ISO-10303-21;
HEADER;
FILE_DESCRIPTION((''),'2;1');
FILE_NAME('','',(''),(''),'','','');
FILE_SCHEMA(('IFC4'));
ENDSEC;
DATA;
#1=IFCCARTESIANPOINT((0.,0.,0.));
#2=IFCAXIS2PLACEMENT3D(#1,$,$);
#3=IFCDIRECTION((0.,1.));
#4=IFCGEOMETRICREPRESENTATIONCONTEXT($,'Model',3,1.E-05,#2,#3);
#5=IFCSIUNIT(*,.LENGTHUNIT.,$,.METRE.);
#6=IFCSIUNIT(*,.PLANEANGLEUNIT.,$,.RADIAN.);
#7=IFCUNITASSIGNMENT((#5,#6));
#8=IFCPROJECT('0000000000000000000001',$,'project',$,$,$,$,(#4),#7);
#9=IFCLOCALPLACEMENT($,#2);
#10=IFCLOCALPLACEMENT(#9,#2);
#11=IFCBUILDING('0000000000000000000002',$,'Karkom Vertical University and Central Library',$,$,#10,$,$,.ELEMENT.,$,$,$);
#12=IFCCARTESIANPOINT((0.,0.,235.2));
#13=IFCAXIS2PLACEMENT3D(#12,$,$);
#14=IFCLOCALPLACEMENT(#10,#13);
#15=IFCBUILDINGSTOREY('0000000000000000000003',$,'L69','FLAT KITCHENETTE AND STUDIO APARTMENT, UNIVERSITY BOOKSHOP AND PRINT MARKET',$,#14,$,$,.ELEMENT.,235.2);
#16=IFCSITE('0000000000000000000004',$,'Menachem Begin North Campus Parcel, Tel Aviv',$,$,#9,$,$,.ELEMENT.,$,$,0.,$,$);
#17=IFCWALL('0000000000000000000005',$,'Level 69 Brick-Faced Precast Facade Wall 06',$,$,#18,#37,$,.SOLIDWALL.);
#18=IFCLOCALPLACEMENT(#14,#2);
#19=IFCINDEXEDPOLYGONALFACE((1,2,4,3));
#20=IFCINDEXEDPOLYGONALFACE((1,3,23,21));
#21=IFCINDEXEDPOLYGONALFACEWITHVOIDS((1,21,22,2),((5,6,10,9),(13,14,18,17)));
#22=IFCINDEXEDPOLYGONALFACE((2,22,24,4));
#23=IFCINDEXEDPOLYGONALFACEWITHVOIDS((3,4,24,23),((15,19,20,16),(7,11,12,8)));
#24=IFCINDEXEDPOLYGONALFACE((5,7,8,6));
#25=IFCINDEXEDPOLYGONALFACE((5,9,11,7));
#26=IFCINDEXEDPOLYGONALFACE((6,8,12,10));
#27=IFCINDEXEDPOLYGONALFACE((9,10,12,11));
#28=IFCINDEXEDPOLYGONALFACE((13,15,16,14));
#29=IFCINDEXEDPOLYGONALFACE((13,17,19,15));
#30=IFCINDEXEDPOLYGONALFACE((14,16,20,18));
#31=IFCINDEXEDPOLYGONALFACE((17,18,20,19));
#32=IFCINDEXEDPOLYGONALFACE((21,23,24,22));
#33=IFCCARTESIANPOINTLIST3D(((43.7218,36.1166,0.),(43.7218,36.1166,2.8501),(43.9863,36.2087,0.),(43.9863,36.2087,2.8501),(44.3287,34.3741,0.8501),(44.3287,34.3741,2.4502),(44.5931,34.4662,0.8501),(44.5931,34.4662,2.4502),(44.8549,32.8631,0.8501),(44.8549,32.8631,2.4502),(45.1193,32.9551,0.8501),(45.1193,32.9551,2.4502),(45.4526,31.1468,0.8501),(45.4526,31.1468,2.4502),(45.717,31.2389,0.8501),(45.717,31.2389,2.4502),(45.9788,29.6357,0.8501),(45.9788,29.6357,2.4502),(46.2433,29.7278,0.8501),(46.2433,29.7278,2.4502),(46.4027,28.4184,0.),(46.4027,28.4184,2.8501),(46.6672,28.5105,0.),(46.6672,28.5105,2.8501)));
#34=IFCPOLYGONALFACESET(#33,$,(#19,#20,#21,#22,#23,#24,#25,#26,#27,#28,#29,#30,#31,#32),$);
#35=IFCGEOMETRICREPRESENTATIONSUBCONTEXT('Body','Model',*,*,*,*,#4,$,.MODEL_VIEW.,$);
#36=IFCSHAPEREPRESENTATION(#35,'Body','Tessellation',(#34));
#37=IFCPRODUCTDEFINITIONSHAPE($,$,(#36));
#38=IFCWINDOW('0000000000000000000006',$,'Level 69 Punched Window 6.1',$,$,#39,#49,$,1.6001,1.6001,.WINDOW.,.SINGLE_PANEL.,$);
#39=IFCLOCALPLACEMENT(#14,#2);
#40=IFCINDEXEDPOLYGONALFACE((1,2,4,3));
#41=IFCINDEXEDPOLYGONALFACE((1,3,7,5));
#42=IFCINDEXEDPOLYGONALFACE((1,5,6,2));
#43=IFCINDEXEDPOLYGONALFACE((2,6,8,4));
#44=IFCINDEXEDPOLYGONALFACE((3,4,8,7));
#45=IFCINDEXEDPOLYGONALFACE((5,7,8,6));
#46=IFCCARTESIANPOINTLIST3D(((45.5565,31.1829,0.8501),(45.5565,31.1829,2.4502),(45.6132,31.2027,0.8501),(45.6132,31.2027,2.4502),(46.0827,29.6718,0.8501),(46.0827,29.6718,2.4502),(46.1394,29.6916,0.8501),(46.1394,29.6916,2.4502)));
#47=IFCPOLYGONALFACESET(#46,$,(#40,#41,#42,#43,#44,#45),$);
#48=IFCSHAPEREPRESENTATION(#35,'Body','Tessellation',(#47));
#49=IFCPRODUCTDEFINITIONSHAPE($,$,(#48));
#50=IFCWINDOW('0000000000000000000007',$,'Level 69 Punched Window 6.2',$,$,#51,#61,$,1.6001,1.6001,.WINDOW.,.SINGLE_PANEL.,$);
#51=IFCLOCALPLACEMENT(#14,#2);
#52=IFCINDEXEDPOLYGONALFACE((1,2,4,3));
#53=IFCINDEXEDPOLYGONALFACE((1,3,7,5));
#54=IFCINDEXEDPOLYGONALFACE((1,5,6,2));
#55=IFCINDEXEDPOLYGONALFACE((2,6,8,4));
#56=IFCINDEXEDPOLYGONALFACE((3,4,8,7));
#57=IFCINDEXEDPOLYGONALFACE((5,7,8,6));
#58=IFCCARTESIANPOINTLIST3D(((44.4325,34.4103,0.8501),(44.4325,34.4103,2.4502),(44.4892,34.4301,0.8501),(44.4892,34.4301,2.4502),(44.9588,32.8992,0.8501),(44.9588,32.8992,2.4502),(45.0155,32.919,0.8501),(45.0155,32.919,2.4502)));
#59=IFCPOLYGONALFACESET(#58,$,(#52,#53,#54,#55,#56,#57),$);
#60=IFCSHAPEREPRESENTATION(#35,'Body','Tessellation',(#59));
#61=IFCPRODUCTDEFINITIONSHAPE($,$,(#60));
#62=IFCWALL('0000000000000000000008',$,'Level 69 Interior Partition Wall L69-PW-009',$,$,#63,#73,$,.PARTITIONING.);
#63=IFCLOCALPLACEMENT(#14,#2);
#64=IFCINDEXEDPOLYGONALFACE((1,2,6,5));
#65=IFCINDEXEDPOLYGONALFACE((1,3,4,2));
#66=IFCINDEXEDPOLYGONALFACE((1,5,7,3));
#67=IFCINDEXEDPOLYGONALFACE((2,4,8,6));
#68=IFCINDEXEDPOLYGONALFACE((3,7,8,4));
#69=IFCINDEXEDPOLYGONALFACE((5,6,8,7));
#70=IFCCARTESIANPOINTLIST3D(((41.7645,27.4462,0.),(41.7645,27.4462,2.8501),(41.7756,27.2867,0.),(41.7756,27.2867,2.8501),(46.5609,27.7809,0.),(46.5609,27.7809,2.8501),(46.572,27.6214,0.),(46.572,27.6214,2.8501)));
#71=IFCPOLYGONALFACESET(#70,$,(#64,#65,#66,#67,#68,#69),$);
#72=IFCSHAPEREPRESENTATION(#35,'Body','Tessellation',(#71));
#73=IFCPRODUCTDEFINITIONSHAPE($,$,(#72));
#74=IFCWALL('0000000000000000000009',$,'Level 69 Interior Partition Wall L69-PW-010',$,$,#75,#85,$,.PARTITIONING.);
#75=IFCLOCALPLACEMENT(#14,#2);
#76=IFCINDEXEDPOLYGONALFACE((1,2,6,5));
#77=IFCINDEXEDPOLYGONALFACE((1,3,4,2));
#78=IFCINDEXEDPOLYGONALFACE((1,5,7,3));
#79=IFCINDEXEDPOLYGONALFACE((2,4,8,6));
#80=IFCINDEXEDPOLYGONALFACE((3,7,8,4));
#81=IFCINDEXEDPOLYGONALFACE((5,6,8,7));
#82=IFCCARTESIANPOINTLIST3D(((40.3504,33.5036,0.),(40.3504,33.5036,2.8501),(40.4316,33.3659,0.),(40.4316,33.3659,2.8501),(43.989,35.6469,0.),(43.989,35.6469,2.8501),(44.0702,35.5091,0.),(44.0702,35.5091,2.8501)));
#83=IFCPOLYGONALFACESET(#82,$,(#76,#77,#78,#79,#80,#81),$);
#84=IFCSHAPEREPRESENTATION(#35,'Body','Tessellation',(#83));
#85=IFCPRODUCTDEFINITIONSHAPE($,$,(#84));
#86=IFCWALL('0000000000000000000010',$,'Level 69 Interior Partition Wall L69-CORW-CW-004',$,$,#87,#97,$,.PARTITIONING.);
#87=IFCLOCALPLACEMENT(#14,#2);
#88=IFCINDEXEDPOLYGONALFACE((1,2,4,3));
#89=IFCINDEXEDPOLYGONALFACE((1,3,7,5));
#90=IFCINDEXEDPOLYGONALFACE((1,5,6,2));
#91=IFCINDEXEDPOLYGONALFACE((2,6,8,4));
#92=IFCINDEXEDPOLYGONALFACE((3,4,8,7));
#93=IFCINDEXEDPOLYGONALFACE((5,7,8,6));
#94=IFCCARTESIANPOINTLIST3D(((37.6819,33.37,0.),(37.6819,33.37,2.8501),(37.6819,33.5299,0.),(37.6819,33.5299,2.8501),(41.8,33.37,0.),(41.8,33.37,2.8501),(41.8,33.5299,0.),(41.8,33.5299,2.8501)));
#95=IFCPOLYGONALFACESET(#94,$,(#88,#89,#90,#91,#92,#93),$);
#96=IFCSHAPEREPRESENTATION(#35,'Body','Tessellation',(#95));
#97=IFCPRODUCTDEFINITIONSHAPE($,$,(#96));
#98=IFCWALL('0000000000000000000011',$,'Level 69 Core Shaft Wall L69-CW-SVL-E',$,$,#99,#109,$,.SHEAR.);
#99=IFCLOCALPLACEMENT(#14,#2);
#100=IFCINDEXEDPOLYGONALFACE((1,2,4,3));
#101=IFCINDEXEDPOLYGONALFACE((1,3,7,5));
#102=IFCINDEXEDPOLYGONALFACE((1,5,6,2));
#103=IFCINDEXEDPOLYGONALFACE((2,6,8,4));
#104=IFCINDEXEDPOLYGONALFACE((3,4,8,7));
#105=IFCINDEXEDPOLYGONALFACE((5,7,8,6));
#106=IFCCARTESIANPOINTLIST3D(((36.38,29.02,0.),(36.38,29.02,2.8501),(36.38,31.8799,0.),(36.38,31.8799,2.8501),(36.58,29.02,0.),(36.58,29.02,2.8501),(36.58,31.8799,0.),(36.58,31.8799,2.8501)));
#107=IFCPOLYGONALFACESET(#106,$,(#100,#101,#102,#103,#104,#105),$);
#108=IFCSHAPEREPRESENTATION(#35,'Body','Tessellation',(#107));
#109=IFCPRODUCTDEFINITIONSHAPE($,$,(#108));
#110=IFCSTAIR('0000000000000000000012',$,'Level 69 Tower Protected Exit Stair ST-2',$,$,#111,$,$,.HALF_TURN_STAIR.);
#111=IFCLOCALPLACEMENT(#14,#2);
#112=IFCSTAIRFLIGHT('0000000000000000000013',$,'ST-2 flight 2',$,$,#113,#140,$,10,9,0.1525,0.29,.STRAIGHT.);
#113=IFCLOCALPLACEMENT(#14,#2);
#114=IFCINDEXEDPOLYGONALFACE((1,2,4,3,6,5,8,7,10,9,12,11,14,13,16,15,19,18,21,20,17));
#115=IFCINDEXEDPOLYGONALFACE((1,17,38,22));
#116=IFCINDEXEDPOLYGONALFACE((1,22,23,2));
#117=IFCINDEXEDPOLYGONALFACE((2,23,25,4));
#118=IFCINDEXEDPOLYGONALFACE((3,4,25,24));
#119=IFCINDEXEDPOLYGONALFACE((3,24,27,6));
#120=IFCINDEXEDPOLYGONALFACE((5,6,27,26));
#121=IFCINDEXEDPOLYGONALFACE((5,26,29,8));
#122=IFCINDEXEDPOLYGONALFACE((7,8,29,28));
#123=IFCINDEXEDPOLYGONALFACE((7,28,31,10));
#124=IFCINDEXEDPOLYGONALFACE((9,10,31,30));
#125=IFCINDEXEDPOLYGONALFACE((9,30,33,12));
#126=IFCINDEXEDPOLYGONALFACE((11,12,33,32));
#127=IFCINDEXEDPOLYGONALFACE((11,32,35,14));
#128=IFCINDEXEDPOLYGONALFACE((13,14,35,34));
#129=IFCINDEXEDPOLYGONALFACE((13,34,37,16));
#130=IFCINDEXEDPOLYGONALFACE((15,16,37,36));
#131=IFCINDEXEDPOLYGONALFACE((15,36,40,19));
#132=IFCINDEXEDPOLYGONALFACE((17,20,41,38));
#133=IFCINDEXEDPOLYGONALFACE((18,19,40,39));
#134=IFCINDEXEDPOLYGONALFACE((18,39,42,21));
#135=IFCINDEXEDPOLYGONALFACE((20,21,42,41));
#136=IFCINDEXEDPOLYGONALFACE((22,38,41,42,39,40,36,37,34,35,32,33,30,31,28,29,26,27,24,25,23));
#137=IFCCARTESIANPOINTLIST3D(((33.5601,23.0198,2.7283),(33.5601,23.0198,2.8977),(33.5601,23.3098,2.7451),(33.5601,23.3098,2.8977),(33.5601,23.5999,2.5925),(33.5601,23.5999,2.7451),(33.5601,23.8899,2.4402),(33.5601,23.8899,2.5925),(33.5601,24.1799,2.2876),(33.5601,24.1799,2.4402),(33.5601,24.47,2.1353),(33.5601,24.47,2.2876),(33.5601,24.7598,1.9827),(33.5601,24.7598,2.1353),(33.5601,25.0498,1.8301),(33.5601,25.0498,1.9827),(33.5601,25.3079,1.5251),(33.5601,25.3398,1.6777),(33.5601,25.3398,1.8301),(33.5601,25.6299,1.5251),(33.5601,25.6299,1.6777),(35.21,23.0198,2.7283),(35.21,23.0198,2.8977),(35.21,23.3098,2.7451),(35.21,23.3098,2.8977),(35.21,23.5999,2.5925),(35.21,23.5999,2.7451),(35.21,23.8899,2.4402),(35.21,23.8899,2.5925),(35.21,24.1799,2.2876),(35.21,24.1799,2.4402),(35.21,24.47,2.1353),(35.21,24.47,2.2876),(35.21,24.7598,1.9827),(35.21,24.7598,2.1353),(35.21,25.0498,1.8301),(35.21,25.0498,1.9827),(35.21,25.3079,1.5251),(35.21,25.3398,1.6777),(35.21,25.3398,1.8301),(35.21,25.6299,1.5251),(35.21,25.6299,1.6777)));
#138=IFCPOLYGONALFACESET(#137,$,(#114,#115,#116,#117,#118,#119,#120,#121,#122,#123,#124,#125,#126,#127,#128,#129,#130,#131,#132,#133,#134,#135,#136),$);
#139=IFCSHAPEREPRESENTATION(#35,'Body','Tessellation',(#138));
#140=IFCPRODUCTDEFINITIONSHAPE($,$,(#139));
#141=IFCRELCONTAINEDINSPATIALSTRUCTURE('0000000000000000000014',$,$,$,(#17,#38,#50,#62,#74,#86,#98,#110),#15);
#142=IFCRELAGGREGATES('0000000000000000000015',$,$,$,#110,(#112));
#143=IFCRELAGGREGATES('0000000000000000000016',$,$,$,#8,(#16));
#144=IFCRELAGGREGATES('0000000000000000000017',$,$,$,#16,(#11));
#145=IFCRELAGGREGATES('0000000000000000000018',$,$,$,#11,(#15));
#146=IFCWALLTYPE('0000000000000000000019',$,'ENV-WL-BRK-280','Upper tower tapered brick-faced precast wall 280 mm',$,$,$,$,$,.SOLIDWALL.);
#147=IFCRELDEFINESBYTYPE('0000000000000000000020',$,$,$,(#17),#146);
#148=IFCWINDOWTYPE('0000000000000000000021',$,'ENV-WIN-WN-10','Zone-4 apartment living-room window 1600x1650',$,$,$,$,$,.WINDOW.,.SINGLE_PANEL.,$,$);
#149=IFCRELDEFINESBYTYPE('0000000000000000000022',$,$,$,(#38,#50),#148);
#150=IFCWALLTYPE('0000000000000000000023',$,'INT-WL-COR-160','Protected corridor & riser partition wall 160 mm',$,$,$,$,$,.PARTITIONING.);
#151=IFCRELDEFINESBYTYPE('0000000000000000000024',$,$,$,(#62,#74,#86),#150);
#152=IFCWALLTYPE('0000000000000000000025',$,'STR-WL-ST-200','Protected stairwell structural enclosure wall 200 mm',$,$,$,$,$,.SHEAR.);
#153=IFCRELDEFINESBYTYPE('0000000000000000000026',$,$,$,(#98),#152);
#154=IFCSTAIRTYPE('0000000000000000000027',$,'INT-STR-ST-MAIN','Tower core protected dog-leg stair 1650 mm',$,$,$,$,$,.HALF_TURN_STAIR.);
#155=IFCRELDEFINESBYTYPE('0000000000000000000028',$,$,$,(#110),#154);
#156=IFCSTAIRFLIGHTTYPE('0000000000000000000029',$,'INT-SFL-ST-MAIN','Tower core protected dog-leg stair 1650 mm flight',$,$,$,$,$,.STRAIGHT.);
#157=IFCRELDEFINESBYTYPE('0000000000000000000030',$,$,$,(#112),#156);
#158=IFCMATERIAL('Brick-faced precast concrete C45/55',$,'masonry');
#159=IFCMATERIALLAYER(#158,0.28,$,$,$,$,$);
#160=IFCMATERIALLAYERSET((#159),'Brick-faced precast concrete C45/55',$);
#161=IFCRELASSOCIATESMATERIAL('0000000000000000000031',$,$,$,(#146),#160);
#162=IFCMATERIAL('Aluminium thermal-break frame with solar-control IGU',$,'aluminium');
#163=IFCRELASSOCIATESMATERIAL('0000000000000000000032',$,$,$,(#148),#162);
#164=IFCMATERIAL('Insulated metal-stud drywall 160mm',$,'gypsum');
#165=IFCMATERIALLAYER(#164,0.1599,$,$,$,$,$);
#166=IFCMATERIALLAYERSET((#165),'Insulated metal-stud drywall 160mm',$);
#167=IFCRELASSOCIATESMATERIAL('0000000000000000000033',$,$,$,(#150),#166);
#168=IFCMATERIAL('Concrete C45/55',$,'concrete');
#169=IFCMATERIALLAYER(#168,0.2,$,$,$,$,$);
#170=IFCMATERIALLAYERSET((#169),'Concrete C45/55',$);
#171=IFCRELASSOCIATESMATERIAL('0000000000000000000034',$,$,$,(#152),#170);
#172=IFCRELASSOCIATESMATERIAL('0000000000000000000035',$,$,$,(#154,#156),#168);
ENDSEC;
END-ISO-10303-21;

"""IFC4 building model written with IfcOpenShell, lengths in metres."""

from ifc_helpers import new_model, si_unit, direction, frame, frame_2d, origin, origin_with_axes, place, context, subcontext, project, spatial, polyline, rectangle, outline, extrude, source, transform, mapped, material, layer, layer_set, type_object, element, fill, aggregate, save


model = new_model("IFC4")

# Units and contexts
model_context = context("Model", 3, precision=1e-05, world=origin(), true_north=direction((0.0, 1.0)))
body_context = subcontext(model_context, "Body", "Model", "MODEL_VIEW")
ifc_project = project(units=[si_unit("LENGTHUNIT", "METRE"), si_unit("PLANEANGLEUNIT", "RADIAN")], contexts=[model_context])

# Site, building, storey
site_placement = place(None, origin())
site = spatial("IfcSite", under=ifc_project, at=site_placement, Name="Menachem Begin North Campus Parcel, Tel Aviv", CompositionType="ELEMENT", RefElevation=0.0)
building_placement = place(site_placement, origin())
building = spatial("IfcBuilding", under=site, at=building_placement, Name="Karkom Vertical University and Central Library", CompositionType="ELEMENT")
storey_placement = place(building_placement, frame((0.0, 0.0, 235.2)))
storey = spatial("IfcBuildingStorey", under=building, at=storey_placement, Name="L69", Description="FLAT KITCHENETTE AND STUDIO APARTMENT, UNIVERSITY BOOKSHOP AND PRINT MARKET", CompositionType="ELEMENT", Elevation=235.2)

# Wall, openings, windows
ifc_material_1 = material(Name="Brick-faced precast concrete C45/55", Category="masonry")
ifc_layer_1 = layer(ifc_material_1, 0.28)
ifc_layer_set_1 = layer_set([ifc_layer_1], Name="Brick-faced precast concrete C45/55")
wall_type_1 = type_object("IfcWallType", Name="ENV-WL-BRK-280", Description="Upper tower tapered brick-faced precast wall 280 mm", PredefinedType="SOLIDWALL", material=ifc_layer_set_1)
wall_1_placement = place(storey_placement, frame((46.5349, 28.4646, 0.0), z_axis=(0.0, 0.0, 1.0), x_axis=(-0.328877, 0.944373, 0.0)))
wall_1 = element("IfcWall", 1, at=wall_1_placement, inside=storey, type_object=wall_type_1, Name="Level 69 Brick-Faced Precast Facade Wall 06", PredefinedType="SOLIDWALL", context=body_context, shape_type="SweptSolid", body=[
    extrude(rectangle(XDim=8.1516, YDim=0.28, at=frame_2d((4.0757, 0.0))), origin(), (0.0, 0.0, 1.0), 2.8501),
])
opening_1_placement = place(wall_1_placement, frame((1.2888, 0.0, 0.8501)))
opening_1 = element("IfcOpeningElement", 2, at=opening_1_placement, cuts=wall_1, PredefinedType="OPENING", context=body_context, shape_type="SweptSolid", body=[
    extrude(rectangle(XDim=1.6001, YDim=1.6001, at=frame_2d((0.8, 0.8))), frame((0.0, 0.1499, 0.0), z_axis=(0.0, -1.0, 0.0), x_axis=(1.0, 0.0, 0.0)), (0.0, 0.0, 1.0), 0.3),
])
opening_2_placement = place(wall_1_placement, frame((4.7063, 0.0, 0.8501)))
opening_2 = element("IfcOpeningElement", 3, at=opening_2_placement, cuts=wall_1, PredefinedType="OPENING", context=body_context, shape_type="SweptSolid", body=[
    extrude(rectangle(XDim=1.6001, YDim=1.6001, at=frame_2d((0.8, 0.8))), frame((0.0, 0.1499, 0.0), z_axis=(0.0, -1.0, 0.0), x_axis=(1.0, 0.0, 0.0)), (0.0, 0.0, 1.0), 0.3),
])
ifc_material_2 = material(Name="Aluminium thermal-break frame with solar-control IGU", Category="aluminium")
window_type = type_object("IfcWindowType", Name="ENV-WIN-WN-10", Description="Zone-4 apartment living-room window 1600x1650", PartitioningType="SINGLE_PANEL", PredefinedType="WINDOW", material=ifc_material_2)
shared_shape_1 = source(origin_with_axes(), body_context, "Body", "SweptSolid", [
    extrude(rectangle(XDim=1.6001, YDim=1.6001, at=frame_2d((0.8, 0.8))), frame((0.0, 0.03, 0.0), z_axis=(0.0, -1.0, 0.0), x_axis=(1.0, 0.0, 0.0)), (0.0, 0.0, 1.0), 0.0601),
])
window_1_placement = place(opening_1_placement, origin())
window_1 = element("IfcWindow", 4, at=window_1_placement, inside=storey, type_object=window_type, Name="Level 69 Punched Window 6.1", OverallHeight=1.6001, OverallWidth=1.6001, PartitioningType="SINGLE_PANEL", PredefinedType="WINDOW", context=body_context, shape_type="MappedRepresentation", body=[
    mapped(shared_shape_1, transform((0.0, 0.0, 0.0), scale=1.0)),
])
fill(opening_1, window_1)
window_2_placement = place(opening_2_placement, origin())
window_2 = element("IfcWindow", 5, at=window_2_placement, inside=storey, type_object=window_type, Name="Level 69 Punched Window 6.2", OverallHeight=1.6001, OverallWidth=1.6001, PartitioningType="SINGLE_PANEL", PredefinedType="WINDOW", context=body_context, shape_type="MappedRepresentation", body=[
    mapped(shared_shape_1, transform((0.0, 0.0, 0.0), scale=1.0)),
])
fill(opening_2, window_2)

# Shared definitions
ifc_material_3 = material(Name="Insulated metal-stud drywall 160mm", Category="gypsum")
ifc_layer_2 = layer(ifc_material_3, 0.1599)
ifc_layer_set_2 = layer_set([ifc_layer_2], Name="Insulated metal-stud drywall 160mm")
wall_type_2 = type_object("IfcWallType", Name="INT-WL-COR-160", Description="Protected corridor & riser partition wall 160 mm", PredefinedType="PARTITIONING", material=ifc_layer_set_2)

# Walls
wall_2_placement = place(storey_placement, frame((41.77, 27.3665, 0.0), z_axis=(0.0, 0.0, 1.0), x_axis=(0.997574, 0.069616, 0.0)))
element("IfcWall", 6, at=wall_2_placement, inside=storey, type_object=wall_type_2, Name="Level 69 Interior Partition Wall L69-PW-009", PredefinedType="PARTITIONING", context=body_context, shape_type="SweptSolid", body=[
    extrude(rectangle(XDim=4.8081, YDim=0.1599, at=frame_2d((2.4041, 0.0))), origin(), (0.0, 0.0, 1.0), 2.8501),
])
wall_3_placement = place(storey_placement, frame((40.3911, 33.4348, 0.0), z_axis=(0.0, 0.0, 1.0), x_axis=(0.861632, 0.507533, 0.0)))
element("IfcWall", 7, at=wall_3_placement, inside=storey, type_object=wall_type_2, Name="Level 69 Interior Partition Wall L69-PW-010", PredefinedType="PARTITIONING", context=body_context, shape_type="SweptSolid", body=[
    extrude(rectangle(XDim=4.2229, YDim=0.1599, at=frame_2d((2.1113, 0.0))), origin(), (0.0, 0.0, 1.0), 2.8501),
])
wall_4_placement = place(storey_placement, frame((37.6819, 33.45, 0.0), z_axis=(0.0, 0.0, 1.0), x_axis=(1.0, 0.0, 0.0)))
element("IfcWall", 8, at=wall_4_placement, inside=storey, type_object=wall_type_2, Name="Level 69 Interior Partition Wall L69-CORW-CW-004", PredefinedType="PARTITIONING", context=body_context, shape_type="SweptSolid", body=[
    extrude(rectangle(XDim=4.1182, YDim=0.1599, at=frame_2d((2.0591, 0.0))), origin(), (0.0, 0.0, 1.0), 2.8501),
])

# Shared definitions
ifc_material_4 = material(Name="Concrete C45/55", Category="concrete")

# Wall
ifc_layer_3 = layer(ifc_material_4, 0.2)
ifc_layer_set_3 = layer_set([ifc_layer_3], Name="Concrete C45/55")
wall_type_3 = type_object("IfcWallType", Name="STR-WL-ST-200", Description="Protected stairwell structural enclosure wall 200 mm", PredefinedType="SHEAR", material=ifc_layer_set_3)
wall_5_placement = place(storey_placement, frame((36.48, 29.02, 0.0), z_axis=(0.0, 0.0, 1.0), x_axis=(0.0, 1.0, 0.0)))
element("IfcWall", 9, at=wall_5_placement, inside=storey, type_object=wall_type_3, Name="Level 69 Core Shaft Wall L69-CW-SVL-E", PredefinedType="SHEAR", context=body_context, shape_type="SweptSolid", body=[
    extrude(rectangle(XDim=2.8599, YDim=0.2, at=frame_2d((1.4299, 0.0))), origin(), (0.0, 0.0, 1.0), 2.8501),
])

# Stair, stair flight
stair_type = type_object("IfcStairType", Name="INT-STR-ST-MAIN", Description="Tower core protected dog-leg stair 1650 mm", PredefinedType="HALF_TURN_STAIR", material=ifc_material_4)
stair_placement = place(storey_placement, origin())
stair = element("IfcStair", 10, at=stair_placement, inside=storey, type_object=stair_type, Name="Level 69 Tower Protected Exit Stair ST-2", PredefinedType="HALF_TURN_STAIR")
stair_flight_type = type_object("IfcStairFlightType", Name="INT-SFL-ST-MAIN", Description="Tower core protected dog-leg stair 1650 mm flight", PredefinedType="STRAIGHT", material=ifc_material_4)
stair_flight_placement = place(storey_placement, frame((34.385, 25.6299, 1.5251), z_axis=(0.0, 0.0, 1.0), x_axis=(0.0, -1.0, 0.0)))
stair_flight = element("IfcStairFlight", 11, at=stair_flight_placement, type_object=stair_flight_type, Name="ST-2 flight 2", NumberOfRisers=10, NumberOfTreads=9, PredefinedType="STRAIGHT", RiserHeight=0.1525, TreadLength=0.29, context=body_context, shape_type="SweptSolid", body=[
    extrude(outline(polyline([(0.0, 0.0), (0.0, 0.1526), (0.29, 0.1526), (0.29, 0.3049), (0.5801, 0.3049), (0.5801, 0.4575), (0.8701, 0.4575), (0.8701, 0.6101), (1.1599, 0.6101), (1.1599, 0.7625), (1.45, 0.7625), (1.45, 0.915), (1.74, 0.915), (1.74, 1.0674), (2.03, 1.0674), (2.03, 1.22), (2.3201, 1.22), (2.3201, 1.3726), (2.6101, 1.3726), (2.6101, 1.5249), (2.6101, 1.2031), (0.322, 0.0), (0.0, 0.0)])), frame((0.0, 0.825, 0.0), z_axis=(0.0, -1.0, 0.0), x_axis=(1.0, 0.0, 0.0)), (0.0, 0.0, 1.0), 1.6499),
])
aggregate(stair, [stair_flight])

save(model, "model.ifc")
